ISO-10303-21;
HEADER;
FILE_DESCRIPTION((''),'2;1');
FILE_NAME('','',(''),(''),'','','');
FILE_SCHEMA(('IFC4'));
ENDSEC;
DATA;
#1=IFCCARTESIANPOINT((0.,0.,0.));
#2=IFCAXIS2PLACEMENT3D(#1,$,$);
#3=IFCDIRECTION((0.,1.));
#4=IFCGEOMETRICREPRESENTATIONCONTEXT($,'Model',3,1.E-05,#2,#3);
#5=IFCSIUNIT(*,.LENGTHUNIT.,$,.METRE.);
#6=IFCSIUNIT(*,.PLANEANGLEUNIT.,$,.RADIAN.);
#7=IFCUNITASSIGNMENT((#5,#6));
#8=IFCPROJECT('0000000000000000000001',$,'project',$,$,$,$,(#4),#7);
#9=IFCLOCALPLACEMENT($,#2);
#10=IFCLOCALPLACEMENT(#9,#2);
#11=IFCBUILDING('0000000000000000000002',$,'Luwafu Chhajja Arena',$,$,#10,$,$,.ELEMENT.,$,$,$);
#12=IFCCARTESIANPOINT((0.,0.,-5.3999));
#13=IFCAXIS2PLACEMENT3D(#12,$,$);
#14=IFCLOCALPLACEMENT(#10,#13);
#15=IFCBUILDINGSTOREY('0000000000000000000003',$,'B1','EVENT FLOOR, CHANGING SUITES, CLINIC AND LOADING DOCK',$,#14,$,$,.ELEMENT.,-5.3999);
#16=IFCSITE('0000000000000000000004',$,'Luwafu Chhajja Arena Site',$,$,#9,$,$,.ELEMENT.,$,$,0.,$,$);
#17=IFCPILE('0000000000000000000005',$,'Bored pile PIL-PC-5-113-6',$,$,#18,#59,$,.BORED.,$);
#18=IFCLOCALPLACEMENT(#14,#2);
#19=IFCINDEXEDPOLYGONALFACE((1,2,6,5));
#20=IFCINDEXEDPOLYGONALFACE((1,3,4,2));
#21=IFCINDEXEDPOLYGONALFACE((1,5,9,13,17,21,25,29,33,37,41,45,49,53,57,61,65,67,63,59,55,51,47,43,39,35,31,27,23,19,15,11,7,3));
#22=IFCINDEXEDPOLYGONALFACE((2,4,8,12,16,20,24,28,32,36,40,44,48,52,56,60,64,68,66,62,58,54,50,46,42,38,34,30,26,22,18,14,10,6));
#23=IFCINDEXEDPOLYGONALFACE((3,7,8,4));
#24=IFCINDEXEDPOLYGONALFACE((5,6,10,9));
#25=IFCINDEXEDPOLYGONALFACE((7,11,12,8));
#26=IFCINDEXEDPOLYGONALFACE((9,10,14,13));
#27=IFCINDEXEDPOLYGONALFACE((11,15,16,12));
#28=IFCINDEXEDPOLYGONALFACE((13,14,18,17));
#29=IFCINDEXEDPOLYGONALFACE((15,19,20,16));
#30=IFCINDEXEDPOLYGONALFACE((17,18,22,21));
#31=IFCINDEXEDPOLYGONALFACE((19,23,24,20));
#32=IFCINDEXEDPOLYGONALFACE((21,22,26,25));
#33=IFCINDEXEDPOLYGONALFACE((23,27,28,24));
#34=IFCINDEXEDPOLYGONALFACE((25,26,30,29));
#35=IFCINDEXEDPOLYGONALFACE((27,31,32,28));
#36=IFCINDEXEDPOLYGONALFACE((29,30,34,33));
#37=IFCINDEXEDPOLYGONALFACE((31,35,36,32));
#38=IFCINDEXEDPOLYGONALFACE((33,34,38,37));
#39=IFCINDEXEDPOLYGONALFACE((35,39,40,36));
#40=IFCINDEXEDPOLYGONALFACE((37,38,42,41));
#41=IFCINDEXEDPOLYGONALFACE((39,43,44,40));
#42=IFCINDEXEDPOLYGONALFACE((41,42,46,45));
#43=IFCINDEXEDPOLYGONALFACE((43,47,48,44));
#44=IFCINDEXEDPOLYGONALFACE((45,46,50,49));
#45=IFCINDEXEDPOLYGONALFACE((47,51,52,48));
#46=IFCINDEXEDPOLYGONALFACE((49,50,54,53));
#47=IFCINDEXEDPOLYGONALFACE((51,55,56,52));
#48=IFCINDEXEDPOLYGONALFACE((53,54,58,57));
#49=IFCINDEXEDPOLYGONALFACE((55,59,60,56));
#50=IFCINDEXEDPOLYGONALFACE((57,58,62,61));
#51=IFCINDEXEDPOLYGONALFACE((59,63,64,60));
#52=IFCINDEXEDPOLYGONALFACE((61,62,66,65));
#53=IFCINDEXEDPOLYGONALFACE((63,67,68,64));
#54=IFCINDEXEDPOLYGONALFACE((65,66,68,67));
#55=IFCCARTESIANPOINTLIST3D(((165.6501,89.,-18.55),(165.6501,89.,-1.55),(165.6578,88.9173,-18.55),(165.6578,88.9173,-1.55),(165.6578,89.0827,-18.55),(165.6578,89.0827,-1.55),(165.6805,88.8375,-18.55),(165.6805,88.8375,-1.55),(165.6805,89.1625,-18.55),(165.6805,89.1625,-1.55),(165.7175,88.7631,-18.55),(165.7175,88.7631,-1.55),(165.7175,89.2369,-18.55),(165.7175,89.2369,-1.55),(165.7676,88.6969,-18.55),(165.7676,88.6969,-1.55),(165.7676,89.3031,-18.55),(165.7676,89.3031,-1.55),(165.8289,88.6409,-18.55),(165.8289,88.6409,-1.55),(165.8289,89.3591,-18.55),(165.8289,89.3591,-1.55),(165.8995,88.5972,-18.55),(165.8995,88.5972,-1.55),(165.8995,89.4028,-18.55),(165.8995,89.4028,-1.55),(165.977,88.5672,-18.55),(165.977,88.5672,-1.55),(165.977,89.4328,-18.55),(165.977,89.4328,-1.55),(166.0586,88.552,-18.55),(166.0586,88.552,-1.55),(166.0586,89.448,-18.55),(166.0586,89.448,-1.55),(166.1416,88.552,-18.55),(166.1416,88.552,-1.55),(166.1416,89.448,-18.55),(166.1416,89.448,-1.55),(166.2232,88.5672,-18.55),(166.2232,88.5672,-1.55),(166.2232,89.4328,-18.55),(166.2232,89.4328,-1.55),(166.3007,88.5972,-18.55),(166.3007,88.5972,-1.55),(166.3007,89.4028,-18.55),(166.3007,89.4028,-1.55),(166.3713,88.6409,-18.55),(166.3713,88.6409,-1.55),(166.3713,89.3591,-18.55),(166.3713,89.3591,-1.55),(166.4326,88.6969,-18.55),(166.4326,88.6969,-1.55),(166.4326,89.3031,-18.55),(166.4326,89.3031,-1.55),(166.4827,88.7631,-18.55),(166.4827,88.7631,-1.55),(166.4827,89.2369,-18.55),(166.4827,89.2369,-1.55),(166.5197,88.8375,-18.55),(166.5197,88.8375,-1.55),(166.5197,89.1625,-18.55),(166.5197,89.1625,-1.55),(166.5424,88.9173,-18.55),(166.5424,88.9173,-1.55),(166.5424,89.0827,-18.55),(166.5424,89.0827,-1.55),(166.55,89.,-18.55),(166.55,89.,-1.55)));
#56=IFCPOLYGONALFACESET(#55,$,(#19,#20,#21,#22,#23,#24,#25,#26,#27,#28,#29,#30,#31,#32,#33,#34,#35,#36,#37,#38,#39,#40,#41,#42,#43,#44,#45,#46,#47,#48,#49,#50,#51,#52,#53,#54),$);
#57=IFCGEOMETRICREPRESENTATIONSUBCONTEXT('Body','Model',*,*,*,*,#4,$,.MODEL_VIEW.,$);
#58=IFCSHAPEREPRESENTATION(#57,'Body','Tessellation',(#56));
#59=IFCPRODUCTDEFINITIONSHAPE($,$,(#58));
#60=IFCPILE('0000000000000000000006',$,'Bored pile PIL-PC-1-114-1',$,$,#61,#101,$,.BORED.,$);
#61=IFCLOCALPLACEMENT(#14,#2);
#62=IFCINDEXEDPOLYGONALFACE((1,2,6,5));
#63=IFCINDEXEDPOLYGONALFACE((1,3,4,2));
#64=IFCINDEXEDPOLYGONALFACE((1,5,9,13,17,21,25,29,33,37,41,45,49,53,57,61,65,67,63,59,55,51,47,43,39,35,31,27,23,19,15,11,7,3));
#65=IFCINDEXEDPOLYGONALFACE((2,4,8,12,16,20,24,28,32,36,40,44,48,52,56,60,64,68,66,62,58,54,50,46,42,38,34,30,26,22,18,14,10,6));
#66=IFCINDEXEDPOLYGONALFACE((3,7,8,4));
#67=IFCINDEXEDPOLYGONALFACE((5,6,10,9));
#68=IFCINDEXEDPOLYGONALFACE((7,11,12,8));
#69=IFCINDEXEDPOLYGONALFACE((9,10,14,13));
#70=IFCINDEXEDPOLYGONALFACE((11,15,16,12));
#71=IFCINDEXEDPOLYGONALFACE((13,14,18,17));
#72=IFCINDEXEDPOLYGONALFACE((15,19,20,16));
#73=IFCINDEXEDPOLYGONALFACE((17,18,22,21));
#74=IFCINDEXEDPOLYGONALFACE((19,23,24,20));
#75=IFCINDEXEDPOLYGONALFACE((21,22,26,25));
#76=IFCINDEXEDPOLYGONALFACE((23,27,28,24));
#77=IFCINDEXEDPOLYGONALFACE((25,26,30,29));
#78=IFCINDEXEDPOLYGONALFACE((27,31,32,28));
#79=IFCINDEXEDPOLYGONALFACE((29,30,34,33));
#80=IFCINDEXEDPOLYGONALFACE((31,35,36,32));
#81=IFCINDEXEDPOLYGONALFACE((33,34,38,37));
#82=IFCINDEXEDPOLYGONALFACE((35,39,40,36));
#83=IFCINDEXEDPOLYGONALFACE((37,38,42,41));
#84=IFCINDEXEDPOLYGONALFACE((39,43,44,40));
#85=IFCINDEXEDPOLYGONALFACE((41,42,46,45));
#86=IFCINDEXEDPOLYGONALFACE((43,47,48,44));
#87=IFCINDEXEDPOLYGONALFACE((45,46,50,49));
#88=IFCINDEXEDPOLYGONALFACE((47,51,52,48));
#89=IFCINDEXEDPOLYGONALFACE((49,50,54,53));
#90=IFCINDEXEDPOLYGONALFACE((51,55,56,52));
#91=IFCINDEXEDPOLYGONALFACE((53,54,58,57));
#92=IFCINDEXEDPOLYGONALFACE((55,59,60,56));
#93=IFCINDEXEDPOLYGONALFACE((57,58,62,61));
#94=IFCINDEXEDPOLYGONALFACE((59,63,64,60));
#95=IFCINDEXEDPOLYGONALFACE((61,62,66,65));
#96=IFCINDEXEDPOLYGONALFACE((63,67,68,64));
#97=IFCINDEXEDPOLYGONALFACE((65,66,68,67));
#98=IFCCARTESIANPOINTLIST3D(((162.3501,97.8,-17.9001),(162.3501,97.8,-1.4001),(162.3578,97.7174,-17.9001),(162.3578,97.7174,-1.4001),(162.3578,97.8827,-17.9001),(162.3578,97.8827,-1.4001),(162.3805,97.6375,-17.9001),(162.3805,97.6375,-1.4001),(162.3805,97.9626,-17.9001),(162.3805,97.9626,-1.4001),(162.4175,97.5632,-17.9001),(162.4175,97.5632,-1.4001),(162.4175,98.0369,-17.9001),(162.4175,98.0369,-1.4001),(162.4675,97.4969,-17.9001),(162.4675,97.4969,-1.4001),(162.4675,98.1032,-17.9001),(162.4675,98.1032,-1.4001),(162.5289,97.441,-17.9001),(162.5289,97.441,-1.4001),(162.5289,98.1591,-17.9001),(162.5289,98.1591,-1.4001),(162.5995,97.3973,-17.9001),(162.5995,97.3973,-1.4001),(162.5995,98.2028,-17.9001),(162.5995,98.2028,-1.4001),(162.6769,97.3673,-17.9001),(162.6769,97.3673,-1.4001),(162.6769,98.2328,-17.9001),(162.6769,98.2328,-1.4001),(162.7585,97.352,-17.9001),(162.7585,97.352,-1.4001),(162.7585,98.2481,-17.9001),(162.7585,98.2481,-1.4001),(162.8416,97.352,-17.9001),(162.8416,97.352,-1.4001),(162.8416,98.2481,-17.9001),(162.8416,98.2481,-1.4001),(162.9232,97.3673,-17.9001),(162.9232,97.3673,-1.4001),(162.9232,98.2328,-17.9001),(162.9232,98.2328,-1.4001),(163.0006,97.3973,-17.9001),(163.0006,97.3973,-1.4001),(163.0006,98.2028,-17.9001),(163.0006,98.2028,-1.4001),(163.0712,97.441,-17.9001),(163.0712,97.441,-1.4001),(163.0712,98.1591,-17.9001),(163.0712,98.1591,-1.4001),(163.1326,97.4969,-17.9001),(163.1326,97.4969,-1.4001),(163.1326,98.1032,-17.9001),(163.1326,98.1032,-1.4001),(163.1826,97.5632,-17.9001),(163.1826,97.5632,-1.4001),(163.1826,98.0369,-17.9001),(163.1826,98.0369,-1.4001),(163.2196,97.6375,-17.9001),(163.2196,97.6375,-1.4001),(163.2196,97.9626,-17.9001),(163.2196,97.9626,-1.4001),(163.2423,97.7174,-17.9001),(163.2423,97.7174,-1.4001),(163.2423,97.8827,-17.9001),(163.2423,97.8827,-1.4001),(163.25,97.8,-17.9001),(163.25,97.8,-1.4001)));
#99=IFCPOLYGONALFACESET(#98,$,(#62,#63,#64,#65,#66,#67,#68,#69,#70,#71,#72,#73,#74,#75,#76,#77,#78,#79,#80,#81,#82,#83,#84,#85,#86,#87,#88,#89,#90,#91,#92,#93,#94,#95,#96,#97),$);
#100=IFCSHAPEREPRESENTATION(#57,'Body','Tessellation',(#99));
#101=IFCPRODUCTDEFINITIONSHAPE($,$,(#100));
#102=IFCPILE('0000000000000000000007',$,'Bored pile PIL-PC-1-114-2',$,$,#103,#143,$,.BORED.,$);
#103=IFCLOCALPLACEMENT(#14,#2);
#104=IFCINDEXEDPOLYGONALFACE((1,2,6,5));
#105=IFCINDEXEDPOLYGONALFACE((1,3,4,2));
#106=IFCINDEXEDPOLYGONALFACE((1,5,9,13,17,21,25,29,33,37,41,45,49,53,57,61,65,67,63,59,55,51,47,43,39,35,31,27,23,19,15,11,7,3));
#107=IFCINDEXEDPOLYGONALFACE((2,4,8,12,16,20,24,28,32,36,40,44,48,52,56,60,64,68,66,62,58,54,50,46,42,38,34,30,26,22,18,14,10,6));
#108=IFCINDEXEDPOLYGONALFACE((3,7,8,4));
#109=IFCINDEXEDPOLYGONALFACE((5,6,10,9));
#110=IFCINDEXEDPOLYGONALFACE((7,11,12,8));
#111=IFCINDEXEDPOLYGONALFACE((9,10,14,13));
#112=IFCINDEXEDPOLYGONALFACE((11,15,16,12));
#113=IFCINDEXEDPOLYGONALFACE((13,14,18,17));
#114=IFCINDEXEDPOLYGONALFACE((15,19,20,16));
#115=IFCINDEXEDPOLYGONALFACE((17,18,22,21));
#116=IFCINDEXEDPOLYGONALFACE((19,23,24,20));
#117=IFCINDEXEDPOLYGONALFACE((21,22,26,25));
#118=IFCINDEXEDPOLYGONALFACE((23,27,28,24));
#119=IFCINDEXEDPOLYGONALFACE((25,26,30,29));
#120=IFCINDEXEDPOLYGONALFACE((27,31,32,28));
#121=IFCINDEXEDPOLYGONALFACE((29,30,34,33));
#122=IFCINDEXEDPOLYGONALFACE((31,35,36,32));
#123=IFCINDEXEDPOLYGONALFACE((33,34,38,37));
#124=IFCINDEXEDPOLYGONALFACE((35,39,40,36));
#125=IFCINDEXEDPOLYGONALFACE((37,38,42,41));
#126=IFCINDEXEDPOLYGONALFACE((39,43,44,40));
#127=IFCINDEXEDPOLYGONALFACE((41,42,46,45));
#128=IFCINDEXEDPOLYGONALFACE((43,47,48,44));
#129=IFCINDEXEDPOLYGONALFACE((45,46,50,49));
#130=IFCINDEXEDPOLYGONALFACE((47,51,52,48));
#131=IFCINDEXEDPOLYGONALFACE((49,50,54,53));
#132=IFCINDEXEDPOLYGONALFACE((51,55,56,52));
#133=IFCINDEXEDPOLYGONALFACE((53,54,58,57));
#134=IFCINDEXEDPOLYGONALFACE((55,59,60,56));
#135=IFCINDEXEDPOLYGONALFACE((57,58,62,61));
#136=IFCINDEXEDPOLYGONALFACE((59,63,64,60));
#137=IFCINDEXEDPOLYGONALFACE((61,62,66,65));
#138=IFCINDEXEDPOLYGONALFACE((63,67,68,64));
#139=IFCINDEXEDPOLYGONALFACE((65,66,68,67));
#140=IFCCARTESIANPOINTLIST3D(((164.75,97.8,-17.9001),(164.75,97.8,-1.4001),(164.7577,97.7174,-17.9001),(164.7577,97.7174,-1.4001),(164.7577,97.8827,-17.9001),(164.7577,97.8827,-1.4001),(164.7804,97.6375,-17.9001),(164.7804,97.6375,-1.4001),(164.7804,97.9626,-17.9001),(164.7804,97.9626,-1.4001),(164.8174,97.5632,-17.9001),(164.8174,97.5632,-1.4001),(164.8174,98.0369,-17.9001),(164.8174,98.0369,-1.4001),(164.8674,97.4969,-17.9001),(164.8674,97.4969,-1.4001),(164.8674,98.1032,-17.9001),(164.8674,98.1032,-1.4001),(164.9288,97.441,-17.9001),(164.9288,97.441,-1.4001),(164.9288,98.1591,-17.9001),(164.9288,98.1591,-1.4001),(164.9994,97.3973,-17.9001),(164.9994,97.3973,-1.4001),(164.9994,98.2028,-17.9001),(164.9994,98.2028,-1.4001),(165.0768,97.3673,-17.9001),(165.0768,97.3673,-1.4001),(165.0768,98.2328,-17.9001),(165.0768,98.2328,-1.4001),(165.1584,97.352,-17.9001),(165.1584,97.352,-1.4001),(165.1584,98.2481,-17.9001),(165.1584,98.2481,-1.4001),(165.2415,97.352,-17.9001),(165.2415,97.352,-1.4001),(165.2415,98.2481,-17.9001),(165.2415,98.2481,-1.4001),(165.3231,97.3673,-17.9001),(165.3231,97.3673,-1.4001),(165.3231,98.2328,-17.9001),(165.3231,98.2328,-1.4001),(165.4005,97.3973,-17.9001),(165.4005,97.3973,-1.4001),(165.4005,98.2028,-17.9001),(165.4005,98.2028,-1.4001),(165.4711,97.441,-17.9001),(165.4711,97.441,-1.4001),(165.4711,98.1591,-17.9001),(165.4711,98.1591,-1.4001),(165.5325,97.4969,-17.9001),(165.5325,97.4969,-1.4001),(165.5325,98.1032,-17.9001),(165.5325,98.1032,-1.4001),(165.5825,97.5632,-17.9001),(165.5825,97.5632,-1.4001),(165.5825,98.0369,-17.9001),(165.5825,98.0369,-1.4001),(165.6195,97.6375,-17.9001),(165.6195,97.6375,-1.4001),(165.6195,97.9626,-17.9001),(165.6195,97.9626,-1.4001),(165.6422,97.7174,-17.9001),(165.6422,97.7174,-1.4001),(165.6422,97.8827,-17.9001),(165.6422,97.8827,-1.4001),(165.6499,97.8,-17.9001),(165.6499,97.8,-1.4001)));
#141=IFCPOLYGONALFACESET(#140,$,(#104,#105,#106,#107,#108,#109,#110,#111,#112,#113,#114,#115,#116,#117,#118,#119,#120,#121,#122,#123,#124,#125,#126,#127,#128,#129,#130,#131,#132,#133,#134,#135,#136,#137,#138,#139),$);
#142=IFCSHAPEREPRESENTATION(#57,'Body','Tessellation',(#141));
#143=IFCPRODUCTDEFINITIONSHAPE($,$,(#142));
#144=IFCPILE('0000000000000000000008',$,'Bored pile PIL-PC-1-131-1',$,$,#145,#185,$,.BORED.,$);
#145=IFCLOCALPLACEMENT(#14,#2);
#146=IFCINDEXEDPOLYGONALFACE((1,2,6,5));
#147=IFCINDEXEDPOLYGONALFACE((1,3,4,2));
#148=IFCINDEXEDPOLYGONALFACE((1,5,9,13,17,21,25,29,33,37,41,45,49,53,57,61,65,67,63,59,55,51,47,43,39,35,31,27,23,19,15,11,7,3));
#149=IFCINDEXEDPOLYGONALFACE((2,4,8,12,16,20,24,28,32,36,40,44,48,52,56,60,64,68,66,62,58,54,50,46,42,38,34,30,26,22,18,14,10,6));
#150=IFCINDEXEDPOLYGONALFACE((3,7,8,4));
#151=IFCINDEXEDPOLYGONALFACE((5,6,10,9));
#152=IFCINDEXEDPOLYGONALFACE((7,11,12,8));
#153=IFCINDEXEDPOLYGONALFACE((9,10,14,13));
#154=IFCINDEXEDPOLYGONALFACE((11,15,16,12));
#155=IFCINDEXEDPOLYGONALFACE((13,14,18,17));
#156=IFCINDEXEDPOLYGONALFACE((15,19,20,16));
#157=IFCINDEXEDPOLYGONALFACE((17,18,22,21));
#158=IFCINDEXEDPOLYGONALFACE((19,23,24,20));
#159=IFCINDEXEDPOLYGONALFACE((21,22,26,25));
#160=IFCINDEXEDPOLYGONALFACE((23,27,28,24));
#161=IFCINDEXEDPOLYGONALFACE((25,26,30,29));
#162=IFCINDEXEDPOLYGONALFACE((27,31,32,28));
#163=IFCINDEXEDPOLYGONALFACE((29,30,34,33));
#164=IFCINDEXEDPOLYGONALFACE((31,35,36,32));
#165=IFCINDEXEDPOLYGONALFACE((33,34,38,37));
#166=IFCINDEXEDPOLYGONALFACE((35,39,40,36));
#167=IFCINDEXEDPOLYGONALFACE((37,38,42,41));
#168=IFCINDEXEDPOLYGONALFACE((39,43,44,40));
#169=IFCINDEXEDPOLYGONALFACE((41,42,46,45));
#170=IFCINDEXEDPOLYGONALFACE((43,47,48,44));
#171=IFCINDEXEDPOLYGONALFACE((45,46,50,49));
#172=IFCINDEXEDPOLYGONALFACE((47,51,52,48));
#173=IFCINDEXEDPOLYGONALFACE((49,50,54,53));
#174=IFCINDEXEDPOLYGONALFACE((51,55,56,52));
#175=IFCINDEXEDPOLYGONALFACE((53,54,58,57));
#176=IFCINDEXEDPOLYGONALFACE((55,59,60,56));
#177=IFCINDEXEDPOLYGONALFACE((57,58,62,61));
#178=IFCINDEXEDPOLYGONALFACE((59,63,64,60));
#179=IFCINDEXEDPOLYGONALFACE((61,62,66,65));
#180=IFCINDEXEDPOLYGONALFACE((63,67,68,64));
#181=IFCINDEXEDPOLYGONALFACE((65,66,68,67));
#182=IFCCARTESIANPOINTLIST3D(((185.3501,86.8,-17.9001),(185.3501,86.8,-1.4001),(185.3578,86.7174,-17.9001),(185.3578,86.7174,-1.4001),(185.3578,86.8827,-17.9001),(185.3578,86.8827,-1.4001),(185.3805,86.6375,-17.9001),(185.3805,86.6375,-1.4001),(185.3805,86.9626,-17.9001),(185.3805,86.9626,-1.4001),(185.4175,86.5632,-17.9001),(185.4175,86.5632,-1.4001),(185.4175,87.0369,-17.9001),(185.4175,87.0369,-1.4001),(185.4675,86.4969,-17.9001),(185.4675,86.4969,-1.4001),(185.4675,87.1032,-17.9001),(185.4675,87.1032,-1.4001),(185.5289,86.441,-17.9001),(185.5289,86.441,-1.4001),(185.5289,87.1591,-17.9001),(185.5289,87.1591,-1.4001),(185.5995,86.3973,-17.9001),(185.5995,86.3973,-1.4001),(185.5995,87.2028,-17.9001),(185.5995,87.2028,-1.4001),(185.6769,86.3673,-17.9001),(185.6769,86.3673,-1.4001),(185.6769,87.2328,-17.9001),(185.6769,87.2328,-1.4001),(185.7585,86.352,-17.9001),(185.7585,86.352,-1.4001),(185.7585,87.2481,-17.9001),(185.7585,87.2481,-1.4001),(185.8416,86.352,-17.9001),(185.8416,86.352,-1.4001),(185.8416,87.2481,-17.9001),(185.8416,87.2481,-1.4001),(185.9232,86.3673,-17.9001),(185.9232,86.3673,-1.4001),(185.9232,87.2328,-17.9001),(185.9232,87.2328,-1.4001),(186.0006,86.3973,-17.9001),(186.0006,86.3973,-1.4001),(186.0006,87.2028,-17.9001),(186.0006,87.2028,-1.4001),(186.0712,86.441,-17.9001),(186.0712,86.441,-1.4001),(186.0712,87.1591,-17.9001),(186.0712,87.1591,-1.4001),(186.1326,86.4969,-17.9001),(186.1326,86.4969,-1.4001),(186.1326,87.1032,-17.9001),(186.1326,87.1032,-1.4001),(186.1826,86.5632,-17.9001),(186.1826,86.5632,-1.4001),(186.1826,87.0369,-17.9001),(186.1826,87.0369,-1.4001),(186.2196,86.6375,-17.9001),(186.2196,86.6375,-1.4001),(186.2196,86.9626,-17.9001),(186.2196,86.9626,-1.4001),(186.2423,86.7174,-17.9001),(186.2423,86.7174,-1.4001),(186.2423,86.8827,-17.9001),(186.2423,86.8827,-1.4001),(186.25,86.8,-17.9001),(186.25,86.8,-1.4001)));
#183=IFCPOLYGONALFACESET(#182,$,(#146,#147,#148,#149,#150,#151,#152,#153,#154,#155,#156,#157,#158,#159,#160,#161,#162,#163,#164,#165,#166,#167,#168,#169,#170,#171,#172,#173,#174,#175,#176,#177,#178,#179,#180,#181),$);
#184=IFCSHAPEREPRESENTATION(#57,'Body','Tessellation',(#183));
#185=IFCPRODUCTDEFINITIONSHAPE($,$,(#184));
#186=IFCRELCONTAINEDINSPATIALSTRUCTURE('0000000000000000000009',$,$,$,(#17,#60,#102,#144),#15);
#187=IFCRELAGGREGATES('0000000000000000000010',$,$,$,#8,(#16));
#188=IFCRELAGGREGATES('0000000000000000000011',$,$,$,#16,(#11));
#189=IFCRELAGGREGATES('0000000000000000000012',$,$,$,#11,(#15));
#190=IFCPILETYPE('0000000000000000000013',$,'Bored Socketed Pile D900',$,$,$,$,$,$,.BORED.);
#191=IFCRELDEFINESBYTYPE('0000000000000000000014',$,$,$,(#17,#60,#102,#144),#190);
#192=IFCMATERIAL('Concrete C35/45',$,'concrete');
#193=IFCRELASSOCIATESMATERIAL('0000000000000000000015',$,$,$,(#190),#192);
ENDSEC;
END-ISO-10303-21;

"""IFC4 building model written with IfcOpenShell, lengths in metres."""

from ifc_helpers import new_model, si_unit, direction, frame, origin, origin_2d, place, context, subcontext, project, spatial, circle, extrude, material, material_profile, profile_set, type_object, element, save


model = new_model("IFC4")

# Units and contexts
model_context = context("Model", 3, precision=1e-05, world=origin(), true_north=direction((0.0, 1.0)))
body_context = subcontext(model_context, "Body", "Model", "MODEL_VIEW")
ifc_project = project(units=[si_unit("LENGTHUNIT", "METRE"), si_unit("PLANEANGLEUNIT", "RADIAN")], contexts=[model_context])

# Site, building, storey
site_placement = place(None, origin())
site = spatial("IfcSite", under=ifc_project, at=site_placement, Name="Luwafu Chhajja Arena Site", CompositionType="ELEMENT", RefElevation=0.0)
building_placement = place(site_placement, origin())
building = spatial("IfcBuilding", under=site, at=building_placement, Name="Luwafu Chhajja Arena", CompositionType="ELEMENT")
storey_placement = place(building_placement, frame((0.0, 0.0, -5.3999)))
storey = spatial("IfcBuildingStorey", under=building, at=storey_placement, Name="B1", Description="EVENT FLOOR, CHANGING SUITES, CLINIC AND LOADING DOCK", CompositionType="ELEMENT", Elevation=-5.3999)

# Piles
ifc_material_1 = material(Name="Concrete C35/45", Category="concrete")
ifc_material_profile_1 = material_profile(ifc_material_1, circle(Radius=0.45, at=origin_2d()), Name="PILE D900")
ifc_profile_set_1 = profile_set([ifc_material_profile_1], Name="Concrete C35/45")
pile_type_1 = type_object("IfcPileType", Name="Bored Socketed Pile D900", PredefinedType="BORED", material=ifc_profile_set_1)
for number, where, z_axis, x_axis, name in (
    (1, (166.1001, 89.0, -1.55), (0.0, 0.0, -1.0), (1.0, 0.0, 0.0), "Bored pile PIL-PC-5-113-6"),
):
    element("IfcPile", number, at=place(storey_placement, frame(where, z_axis=z_axis, x_axis=x_axis)), inside=storey, type_object=pile_type_1, Name=name, PredefinedType="BORED", context=body_context, shape_type="SweptSolid", body=[
        extrude(circle(Radius=0.45, at=origin_2d()), origin(), (0.0, 0.0, 1.0), 17.0),
    ])
for number, where, z_axis, x_axis, name in (
    (2, (162.8, 97.8, -1.4001), (0.0, 0.0, -1.0), (1.0, 0.0, 0.0), "Bored pile PIL-PC-1-114-1"),
    (3, (165.2, 97.8, -1.4001), (0.0, 0.0, -1.0), (1.0, 0.0, 0.0), "Bored pile PIL-PC-1-114-2"),
    (4, (185.8, 86.8, -1.4001), (0.0, 0.0, -1.0), (1.0, 0.0, 0.0), "Bored pile PIL-PC-1-131-1"),
):
    element("IfcPile", number, at=place(storey_placement, frame(where, z_axis=z_axis, x_axis=x_axis)), inside=storey, type_object=pile_type_1, Name=name, PredefinedType="BORED", context=body_context, shape_type="SweptSolid", body=[
        extrude(circle(Radius=0.45, at=origin_2d()), origin(), (0.0, 0.0, 1.0), 16.5),
    ])

save(model, "model.ifc")
